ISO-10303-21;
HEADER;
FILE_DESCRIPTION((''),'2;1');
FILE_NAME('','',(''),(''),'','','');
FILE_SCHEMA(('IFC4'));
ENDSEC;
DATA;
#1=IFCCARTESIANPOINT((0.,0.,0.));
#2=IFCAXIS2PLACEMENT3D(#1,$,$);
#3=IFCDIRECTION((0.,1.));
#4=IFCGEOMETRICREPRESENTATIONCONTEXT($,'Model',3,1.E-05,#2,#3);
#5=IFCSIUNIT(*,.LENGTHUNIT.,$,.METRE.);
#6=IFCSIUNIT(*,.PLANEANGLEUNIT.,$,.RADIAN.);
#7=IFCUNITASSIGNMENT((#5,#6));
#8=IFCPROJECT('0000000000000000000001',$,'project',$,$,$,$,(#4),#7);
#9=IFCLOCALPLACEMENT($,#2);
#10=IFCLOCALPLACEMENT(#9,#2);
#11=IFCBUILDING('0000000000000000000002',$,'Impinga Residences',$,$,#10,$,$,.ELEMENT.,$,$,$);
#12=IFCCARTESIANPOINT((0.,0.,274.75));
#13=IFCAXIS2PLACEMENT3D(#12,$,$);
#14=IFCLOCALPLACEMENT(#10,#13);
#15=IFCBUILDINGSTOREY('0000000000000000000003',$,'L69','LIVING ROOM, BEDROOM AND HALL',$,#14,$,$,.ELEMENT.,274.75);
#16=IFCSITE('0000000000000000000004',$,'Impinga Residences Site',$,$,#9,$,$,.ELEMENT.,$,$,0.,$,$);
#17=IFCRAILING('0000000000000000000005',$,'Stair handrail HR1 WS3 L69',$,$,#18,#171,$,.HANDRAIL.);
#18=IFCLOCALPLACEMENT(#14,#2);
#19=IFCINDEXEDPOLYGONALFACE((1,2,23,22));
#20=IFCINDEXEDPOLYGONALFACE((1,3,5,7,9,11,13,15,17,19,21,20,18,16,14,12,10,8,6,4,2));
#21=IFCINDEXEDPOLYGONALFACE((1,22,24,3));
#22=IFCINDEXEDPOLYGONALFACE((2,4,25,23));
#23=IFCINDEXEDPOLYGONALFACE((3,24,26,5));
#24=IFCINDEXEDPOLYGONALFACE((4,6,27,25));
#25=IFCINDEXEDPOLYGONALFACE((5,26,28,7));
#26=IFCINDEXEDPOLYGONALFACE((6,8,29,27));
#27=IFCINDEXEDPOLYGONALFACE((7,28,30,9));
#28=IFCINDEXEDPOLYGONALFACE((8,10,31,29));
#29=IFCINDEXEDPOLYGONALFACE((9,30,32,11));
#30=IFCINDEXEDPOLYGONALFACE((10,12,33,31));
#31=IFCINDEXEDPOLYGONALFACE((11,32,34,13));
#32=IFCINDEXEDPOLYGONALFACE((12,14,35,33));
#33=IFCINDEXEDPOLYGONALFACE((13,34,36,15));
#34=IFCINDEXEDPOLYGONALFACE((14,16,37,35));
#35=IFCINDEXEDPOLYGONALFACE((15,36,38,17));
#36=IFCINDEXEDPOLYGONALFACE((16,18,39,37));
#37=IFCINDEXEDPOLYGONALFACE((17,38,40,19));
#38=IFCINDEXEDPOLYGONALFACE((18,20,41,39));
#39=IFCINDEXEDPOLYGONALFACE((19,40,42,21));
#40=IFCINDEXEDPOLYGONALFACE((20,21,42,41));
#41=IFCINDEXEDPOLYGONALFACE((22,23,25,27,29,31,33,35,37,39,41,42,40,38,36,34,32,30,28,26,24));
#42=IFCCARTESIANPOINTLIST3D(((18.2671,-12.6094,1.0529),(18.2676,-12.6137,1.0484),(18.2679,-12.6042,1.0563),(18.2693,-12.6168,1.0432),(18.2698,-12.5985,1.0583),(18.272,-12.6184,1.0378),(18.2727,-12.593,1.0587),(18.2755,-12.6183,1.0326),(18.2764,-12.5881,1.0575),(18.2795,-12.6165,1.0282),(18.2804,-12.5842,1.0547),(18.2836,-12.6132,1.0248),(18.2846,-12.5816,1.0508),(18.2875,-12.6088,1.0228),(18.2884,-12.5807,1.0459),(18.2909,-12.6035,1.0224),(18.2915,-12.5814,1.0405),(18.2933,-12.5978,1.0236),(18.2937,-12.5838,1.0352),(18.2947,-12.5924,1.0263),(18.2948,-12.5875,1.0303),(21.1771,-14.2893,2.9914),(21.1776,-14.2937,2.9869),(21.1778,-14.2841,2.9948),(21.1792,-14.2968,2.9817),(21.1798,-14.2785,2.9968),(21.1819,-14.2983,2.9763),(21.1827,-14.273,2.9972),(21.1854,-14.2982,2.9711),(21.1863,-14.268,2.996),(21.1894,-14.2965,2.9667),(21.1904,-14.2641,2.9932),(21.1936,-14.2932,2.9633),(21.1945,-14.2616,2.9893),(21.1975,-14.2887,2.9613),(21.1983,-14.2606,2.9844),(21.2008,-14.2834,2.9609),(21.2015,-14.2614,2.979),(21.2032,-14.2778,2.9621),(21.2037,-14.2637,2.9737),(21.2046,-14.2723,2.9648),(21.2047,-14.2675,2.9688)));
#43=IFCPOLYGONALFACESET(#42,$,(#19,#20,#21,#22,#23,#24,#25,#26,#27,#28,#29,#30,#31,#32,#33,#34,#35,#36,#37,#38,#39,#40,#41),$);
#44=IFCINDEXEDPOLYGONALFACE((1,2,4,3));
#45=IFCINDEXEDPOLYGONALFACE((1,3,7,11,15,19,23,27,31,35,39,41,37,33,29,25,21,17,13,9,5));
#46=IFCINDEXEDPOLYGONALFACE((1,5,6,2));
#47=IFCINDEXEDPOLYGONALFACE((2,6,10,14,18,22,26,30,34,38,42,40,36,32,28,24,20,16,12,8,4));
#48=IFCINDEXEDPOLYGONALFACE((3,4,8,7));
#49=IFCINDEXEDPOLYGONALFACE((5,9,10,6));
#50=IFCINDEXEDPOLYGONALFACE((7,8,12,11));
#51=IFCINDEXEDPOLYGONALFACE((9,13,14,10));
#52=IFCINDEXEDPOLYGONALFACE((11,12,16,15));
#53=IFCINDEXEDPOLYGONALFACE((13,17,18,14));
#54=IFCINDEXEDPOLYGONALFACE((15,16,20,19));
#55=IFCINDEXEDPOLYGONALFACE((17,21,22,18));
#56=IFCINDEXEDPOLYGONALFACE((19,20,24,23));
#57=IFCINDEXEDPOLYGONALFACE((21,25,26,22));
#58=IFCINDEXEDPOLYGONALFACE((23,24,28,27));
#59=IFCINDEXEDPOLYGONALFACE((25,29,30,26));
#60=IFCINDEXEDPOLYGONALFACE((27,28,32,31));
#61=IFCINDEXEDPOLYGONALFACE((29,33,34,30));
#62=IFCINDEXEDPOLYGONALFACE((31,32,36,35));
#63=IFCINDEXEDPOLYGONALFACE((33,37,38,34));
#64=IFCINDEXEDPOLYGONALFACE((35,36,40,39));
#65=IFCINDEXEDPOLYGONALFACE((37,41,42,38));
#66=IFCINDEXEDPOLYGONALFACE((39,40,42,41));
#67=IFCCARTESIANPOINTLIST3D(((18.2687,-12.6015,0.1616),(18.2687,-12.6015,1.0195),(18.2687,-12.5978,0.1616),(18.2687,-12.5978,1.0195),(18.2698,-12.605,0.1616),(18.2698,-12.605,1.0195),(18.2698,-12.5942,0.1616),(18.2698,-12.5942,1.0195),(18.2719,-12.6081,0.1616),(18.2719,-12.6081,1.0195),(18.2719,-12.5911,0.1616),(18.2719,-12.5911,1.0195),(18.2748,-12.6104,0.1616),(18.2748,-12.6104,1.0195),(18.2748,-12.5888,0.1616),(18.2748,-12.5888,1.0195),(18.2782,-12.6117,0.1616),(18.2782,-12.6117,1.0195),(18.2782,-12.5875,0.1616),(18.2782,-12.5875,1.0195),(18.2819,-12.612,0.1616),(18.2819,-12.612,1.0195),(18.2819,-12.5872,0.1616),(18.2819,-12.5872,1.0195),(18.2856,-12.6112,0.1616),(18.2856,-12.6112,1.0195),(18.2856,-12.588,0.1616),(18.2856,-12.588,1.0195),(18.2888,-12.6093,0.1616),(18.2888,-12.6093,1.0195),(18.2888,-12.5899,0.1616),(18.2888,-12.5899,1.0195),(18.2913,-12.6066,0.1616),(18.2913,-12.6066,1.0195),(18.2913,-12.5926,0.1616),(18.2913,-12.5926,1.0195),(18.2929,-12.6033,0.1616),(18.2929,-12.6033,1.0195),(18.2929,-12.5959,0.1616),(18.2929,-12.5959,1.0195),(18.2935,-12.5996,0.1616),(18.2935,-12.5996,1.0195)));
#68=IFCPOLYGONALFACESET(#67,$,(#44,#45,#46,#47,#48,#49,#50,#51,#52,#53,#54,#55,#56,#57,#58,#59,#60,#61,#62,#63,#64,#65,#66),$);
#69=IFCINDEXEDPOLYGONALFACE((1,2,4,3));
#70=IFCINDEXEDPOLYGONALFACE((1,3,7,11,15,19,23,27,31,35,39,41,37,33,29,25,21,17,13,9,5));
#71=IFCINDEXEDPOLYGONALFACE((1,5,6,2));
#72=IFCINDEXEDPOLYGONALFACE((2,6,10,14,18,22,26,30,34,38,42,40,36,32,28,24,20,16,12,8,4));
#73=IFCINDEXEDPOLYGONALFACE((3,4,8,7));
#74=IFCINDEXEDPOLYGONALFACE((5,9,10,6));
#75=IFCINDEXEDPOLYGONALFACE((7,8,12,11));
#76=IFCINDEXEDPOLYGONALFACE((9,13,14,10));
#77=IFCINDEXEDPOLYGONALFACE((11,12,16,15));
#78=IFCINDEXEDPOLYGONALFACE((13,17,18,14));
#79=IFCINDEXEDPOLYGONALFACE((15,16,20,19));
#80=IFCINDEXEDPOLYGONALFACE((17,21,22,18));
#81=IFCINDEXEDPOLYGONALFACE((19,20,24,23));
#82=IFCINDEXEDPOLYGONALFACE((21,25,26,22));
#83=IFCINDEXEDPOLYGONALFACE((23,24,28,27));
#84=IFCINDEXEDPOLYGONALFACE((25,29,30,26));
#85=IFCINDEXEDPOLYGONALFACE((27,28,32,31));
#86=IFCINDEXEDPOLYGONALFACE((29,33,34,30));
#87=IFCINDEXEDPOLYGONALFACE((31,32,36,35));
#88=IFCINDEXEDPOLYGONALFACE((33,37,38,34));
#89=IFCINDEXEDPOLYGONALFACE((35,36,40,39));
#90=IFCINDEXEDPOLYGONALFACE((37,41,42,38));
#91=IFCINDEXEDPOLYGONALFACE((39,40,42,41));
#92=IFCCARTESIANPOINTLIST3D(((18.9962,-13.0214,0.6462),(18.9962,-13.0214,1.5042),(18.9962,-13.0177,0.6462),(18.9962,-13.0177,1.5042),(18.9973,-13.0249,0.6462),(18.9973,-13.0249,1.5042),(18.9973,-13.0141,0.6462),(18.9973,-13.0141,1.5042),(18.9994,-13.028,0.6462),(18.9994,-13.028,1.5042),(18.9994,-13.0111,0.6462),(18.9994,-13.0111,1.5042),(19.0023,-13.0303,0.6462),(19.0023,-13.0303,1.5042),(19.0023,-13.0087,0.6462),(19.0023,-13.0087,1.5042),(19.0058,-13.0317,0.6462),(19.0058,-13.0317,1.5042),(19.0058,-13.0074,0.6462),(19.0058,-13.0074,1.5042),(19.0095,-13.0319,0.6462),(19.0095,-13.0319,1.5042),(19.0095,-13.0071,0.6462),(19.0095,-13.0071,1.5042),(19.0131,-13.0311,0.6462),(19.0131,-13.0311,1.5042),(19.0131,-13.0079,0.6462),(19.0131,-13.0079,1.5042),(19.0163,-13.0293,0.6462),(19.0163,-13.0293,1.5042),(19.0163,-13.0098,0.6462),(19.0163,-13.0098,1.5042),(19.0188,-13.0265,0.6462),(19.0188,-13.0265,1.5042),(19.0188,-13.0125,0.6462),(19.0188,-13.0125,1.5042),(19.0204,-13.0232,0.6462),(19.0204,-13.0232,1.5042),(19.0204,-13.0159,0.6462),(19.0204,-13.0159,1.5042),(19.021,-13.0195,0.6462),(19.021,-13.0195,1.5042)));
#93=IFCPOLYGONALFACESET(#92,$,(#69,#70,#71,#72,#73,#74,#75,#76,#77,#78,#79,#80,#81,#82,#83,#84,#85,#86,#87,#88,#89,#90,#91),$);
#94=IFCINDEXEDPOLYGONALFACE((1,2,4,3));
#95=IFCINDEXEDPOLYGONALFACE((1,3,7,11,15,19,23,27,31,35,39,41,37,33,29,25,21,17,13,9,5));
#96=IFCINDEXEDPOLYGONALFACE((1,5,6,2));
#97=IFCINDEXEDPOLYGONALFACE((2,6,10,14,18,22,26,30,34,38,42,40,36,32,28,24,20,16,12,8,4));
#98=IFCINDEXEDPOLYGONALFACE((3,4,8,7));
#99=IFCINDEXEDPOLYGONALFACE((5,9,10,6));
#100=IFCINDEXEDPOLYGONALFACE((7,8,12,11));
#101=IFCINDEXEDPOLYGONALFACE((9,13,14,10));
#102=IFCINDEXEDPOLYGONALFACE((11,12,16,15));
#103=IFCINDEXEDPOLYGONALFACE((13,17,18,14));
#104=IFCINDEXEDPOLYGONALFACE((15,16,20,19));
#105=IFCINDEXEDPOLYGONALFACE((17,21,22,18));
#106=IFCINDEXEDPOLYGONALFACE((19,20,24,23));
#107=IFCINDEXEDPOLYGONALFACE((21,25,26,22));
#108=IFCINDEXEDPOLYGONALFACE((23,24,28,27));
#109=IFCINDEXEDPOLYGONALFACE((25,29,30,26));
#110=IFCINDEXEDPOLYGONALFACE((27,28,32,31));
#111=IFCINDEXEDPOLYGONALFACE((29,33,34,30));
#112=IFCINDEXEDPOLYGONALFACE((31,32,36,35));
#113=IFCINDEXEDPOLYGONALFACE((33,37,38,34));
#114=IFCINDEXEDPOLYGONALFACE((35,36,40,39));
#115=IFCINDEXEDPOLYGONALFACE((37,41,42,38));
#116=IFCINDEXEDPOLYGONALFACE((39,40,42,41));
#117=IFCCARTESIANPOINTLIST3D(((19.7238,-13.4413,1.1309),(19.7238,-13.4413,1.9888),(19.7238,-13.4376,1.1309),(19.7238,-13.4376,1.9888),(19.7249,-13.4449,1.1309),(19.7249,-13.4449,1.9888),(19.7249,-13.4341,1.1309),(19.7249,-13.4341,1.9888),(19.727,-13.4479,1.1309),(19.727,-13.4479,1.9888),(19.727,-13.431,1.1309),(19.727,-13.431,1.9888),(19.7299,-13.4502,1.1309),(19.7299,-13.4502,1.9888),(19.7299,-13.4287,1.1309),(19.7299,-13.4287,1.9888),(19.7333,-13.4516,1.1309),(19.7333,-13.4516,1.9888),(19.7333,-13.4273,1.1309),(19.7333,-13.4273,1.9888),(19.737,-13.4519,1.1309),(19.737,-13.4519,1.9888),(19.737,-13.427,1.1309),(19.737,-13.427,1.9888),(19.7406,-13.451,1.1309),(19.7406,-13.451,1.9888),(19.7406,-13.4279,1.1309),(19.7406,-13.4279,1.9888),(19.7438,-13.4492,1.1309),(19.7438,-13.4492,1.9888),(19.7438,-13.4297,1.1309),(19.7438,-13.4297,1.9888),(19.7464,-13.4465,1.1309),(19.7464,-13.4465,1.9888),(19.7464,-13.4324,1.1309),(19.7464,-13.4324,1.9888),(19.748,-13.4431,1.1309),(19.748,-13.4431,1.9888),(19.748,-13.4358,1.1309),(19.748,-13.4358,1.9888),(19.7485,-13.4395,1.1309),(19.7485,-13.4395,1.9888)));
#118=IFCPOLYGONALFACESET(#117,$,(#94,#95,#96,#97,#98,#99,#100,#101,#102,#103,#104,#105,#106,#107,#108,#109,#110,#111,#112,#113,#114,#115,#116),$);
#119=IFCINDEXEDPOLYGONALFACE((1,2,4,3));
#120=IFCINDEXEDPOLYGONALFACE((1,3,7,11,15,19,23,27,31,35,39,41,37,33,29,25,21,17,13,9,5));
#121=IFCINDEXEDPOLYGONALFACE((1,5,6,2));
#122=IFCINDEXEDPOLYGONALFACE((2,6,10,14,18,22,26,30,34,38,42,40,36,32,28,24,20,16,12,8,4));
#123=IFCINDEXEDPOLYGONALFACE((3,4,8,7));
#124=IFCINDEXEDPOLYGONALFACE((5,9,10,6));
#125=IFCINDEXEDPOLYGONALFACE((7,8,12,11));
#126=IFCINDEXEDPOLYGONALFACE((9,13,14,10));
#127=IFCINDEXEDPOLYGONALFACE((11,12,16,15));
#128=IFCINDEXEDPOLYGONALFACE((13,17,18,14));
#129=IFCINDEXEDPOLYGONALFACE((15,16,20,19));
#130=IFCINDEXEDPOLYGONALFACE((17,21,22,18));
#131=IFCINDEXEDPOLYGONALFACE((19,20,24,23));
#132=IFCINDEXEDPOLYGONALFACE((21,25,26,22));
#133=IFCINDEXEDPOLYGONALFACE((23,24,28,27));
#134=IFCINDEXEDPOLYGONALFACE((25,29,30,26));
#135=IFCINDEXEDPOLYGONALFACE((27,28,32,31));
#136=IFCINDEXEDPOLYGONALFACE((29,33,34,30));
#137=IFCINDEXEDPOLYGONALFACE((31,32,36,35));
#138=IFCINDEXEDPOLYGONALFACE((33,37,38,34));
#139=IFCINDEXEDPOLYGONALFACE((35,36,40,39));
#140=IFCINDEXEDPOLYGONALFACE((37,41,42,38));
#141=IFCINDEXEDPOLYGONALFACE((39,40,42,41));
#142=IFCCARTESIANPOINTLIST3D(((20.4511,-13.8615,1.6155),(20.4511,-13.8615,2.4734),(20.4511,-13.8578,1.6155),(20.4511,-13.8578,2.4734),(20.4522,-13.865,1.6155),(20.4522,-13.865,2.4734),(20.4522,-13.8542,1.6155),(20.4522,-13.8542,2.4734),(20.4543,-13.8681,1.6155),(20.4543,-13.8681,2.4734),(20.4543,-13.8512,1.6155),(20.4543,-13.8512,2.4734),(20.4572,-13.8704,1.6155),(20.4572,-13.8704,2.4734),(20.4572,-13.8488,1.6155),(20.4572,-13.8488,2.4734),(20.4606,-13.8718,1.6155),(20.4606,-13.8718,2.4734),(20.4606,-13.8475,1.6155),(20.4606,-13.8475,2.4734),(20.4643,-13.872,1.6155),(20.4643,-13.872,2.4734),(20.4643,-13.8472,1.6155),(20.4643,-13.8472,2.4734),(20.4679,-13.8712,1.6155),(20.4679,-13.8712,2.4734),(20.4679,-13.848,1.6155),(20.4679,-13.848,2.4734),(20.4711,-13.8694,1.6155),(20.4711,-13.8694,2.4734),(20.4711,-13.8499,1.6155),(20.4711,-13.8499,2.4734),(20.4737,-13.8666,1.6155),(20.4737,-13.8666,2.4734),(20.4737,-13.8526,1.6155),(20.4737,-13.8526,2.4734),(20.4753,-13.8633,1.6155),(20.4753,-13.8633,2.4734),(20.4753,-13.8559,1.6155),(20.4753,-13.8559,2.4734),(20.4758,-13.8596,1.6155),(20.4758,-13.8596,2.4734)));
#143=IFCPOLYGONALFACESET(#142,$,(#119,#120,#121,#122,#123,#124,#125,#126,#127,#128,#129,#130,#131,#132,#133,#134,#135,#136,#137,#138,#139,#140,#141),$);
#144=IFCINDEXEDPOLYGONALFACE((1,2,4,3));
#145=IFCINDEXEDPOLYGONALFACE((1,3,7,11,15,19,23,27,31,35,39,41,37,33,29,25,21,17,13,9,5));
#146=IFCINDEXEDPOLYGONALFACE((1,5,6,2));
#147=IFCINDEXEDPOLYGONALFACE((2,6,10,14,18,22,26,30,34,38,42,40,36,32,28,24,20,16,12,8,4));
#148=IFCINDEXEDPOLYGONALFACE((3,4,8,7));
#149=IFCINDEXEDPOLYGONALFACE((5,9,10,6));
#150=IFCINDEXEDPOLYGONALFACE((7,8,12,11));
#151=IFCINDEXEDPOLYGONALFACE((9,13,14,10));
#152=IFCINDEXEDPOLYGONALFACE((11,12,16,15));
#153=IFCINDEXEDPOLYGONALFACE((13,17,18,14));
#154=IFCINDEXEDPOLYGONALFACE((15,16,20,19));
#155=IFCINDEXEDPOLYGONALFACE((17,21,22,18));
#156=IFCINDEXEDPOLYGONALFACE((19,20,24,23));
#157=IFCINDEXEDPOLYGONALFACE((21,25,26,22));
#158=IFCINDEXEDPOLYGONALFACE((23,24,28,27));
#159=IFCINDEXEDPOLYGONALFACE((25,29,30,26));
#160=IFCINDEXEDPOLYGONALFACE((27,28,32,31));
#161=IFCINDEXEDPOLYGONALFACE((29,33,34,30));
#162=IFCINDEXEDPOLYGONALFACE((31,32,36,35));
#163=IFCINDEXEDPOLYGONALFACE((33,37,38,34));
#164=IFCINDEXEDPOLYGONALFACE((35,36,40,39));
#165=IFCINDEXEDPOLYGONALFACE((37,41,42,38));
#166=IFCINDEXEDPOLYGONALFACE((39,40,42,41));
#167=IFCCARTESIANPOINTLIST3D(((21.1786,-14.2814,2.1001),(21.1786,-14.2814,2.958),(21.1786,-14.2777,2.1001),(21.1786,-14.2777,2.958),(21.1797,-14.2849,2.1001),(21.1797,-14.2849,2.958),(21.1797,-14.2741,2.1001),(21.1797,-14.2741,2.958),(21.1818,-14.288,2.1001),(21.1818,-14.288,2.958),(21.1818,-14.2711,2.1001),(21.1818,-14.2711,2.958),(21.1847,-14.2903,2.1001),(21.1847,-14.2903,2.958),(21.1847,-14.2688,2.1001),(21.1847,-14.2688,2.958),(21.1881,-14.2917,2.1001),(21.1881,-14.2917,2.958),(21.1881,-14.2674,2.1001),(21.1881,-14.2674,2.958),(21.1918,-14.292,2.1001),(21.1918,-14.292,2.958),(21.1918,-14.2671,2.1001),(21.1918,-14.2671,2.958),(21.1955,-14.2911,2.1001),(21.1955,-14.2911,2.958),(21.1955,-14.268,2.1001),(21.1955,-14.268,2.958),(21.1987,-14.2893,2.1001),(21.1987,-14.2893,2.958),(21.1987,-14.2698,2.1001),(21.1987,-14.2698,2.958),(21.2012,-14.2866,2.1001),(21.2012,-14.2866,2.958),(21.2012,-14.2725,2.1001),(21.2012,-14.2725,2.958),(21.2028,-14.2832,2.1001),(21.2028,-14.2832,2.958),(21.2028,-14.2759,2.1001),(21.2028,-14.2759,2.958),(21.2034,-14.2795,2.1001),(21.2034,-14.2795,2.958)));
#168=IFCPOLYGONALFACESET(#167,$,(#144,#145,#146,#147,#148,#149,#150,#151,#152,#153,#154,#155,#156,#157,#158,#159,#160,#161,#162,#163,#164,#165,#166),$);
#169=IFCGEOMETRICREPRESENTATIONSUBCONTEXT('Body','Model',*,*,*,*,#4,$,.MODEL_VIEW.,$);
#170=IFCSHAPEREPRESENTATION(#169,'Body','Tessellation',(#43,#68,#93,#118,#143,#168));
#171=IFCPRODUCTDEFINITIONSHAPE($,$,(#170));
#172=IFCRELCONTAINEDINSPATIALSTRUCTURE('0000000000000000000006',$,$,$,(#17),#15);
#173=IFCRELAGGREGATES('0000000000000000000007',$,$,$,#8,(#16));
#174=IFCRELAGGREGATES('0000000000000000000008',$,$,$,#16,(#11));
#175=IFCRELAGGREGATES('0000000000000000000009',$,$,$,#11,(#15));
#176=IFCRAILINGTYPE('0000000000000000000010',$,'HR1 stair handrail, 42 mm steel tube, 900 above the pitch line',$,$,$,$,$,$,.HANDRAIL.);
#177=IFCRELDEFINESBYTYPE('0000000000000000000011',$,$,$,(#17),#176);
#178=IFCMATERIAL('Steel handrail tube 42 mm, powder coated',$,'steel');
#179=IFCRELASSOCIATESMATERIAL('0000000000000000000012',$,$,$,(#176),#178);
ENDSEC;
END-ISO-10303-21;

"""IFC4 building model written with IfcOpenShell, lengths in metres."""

from ifc_helpers import new_model, si_unit, direction, frame, origin, origin_2d, place, context, subcontext, project, spatial, circle, extrude, material, type_object, element, save


model = new_model("IFC4")

# Units and contexts
model_context = context("Model", 3, precision=1e-05, world=origin(), true_north=direction((0.0, 1.0)))
body_context = subcontext(model_context, "Body", "Model", "MODEL_VIEW")
ifc_project = project(units=[si_unit("LENGTHUNIT", "METRE"), si_unit("PLANEANGLEUNIT", "RADIAN")], contexts=[model_context])

# Site, building, storey
site_placement = place(None, origin())
site = spatial("IfcSite", under=ifc_project, at=site_placement, Name="Impinga Residences Site", CompositionType="ELEMENT", RefElevation=0.0)
building_placement = place(site_placement, origin())
building = spatial("IfcBuilding", under=site, at=building_placement, Name="Impinga Residences", CompositionType="ELEMENT")
storey_placement = place(building_placement, frame((0.0, 0.0, 274.75)))
storey = spatial("IfcBuildingStorey", under=building, at=storey_placement, Name="L69", Description="LIVING ROOM, BEDROOM AND HALL", CompositionType="ELEMENT", Elevation=274.75)

# Railing
ifc_material_1 = material(Name="Steel handrail tube 42 mm, powder coated", Category="steel")
railing_type = type_object("IfcRailingType", Name="HR1 stair handrail, 42 mm steel tube, 900 above the pitch line", PredefinedType="HANDRAIL", material=ifc_material_1)
railing_placement = place(storey_placement, frame((18.281, -12.5996, 0.1616)))
element("IfcRailing", 1, at=railing_placement, inside=storey, type_object=railing_type, Name="Stair handrail HR1 WS3 L69", PredefinedType="HANDRAIL", context=body_context, shape_type="SweptSolid", body=[
    extrude(circle(Radius=0.021, at=origin_2d()), frame((0.0, 0.0, 0.8789), z_axis=(0.750151, -0.433072, 0.499723), x_axis=(0.499976, 0.866039, 0.0)), (0.0, 0.0, 1.0), 3.8792),
    extrude(circle(Radius=0.0125, at=origin_2d()), origin(), (0.0, 0.0, 1.0), 0.8579),
    extrude(circle(Radius=0.0125, at=origin_2d()), frame((0.7275, -0.4199, 0.4846)), (0.0, 0.0, 1.0), 0.8579),
    extrude(circle(Radius=0.0125, at=origin_2d()), frame((1.4551, -0.8398, 0.9692)), (0.0, 0.0, 1.0), 0.8579),
    extrude(circle(Radius=0.0125, at=origin_2d()), frame((2.1824, -1.26, 1.4539)), (0.0, 0.0, 1.0), 0.8579),
    extrude(circle(Radius=0.0125, at=origin_2d()), frame((2.9099, -1.6799, 1.9385)), (0.0, 0.0, 1.0), 0.8579),
])

save(model, "model.ifc")
